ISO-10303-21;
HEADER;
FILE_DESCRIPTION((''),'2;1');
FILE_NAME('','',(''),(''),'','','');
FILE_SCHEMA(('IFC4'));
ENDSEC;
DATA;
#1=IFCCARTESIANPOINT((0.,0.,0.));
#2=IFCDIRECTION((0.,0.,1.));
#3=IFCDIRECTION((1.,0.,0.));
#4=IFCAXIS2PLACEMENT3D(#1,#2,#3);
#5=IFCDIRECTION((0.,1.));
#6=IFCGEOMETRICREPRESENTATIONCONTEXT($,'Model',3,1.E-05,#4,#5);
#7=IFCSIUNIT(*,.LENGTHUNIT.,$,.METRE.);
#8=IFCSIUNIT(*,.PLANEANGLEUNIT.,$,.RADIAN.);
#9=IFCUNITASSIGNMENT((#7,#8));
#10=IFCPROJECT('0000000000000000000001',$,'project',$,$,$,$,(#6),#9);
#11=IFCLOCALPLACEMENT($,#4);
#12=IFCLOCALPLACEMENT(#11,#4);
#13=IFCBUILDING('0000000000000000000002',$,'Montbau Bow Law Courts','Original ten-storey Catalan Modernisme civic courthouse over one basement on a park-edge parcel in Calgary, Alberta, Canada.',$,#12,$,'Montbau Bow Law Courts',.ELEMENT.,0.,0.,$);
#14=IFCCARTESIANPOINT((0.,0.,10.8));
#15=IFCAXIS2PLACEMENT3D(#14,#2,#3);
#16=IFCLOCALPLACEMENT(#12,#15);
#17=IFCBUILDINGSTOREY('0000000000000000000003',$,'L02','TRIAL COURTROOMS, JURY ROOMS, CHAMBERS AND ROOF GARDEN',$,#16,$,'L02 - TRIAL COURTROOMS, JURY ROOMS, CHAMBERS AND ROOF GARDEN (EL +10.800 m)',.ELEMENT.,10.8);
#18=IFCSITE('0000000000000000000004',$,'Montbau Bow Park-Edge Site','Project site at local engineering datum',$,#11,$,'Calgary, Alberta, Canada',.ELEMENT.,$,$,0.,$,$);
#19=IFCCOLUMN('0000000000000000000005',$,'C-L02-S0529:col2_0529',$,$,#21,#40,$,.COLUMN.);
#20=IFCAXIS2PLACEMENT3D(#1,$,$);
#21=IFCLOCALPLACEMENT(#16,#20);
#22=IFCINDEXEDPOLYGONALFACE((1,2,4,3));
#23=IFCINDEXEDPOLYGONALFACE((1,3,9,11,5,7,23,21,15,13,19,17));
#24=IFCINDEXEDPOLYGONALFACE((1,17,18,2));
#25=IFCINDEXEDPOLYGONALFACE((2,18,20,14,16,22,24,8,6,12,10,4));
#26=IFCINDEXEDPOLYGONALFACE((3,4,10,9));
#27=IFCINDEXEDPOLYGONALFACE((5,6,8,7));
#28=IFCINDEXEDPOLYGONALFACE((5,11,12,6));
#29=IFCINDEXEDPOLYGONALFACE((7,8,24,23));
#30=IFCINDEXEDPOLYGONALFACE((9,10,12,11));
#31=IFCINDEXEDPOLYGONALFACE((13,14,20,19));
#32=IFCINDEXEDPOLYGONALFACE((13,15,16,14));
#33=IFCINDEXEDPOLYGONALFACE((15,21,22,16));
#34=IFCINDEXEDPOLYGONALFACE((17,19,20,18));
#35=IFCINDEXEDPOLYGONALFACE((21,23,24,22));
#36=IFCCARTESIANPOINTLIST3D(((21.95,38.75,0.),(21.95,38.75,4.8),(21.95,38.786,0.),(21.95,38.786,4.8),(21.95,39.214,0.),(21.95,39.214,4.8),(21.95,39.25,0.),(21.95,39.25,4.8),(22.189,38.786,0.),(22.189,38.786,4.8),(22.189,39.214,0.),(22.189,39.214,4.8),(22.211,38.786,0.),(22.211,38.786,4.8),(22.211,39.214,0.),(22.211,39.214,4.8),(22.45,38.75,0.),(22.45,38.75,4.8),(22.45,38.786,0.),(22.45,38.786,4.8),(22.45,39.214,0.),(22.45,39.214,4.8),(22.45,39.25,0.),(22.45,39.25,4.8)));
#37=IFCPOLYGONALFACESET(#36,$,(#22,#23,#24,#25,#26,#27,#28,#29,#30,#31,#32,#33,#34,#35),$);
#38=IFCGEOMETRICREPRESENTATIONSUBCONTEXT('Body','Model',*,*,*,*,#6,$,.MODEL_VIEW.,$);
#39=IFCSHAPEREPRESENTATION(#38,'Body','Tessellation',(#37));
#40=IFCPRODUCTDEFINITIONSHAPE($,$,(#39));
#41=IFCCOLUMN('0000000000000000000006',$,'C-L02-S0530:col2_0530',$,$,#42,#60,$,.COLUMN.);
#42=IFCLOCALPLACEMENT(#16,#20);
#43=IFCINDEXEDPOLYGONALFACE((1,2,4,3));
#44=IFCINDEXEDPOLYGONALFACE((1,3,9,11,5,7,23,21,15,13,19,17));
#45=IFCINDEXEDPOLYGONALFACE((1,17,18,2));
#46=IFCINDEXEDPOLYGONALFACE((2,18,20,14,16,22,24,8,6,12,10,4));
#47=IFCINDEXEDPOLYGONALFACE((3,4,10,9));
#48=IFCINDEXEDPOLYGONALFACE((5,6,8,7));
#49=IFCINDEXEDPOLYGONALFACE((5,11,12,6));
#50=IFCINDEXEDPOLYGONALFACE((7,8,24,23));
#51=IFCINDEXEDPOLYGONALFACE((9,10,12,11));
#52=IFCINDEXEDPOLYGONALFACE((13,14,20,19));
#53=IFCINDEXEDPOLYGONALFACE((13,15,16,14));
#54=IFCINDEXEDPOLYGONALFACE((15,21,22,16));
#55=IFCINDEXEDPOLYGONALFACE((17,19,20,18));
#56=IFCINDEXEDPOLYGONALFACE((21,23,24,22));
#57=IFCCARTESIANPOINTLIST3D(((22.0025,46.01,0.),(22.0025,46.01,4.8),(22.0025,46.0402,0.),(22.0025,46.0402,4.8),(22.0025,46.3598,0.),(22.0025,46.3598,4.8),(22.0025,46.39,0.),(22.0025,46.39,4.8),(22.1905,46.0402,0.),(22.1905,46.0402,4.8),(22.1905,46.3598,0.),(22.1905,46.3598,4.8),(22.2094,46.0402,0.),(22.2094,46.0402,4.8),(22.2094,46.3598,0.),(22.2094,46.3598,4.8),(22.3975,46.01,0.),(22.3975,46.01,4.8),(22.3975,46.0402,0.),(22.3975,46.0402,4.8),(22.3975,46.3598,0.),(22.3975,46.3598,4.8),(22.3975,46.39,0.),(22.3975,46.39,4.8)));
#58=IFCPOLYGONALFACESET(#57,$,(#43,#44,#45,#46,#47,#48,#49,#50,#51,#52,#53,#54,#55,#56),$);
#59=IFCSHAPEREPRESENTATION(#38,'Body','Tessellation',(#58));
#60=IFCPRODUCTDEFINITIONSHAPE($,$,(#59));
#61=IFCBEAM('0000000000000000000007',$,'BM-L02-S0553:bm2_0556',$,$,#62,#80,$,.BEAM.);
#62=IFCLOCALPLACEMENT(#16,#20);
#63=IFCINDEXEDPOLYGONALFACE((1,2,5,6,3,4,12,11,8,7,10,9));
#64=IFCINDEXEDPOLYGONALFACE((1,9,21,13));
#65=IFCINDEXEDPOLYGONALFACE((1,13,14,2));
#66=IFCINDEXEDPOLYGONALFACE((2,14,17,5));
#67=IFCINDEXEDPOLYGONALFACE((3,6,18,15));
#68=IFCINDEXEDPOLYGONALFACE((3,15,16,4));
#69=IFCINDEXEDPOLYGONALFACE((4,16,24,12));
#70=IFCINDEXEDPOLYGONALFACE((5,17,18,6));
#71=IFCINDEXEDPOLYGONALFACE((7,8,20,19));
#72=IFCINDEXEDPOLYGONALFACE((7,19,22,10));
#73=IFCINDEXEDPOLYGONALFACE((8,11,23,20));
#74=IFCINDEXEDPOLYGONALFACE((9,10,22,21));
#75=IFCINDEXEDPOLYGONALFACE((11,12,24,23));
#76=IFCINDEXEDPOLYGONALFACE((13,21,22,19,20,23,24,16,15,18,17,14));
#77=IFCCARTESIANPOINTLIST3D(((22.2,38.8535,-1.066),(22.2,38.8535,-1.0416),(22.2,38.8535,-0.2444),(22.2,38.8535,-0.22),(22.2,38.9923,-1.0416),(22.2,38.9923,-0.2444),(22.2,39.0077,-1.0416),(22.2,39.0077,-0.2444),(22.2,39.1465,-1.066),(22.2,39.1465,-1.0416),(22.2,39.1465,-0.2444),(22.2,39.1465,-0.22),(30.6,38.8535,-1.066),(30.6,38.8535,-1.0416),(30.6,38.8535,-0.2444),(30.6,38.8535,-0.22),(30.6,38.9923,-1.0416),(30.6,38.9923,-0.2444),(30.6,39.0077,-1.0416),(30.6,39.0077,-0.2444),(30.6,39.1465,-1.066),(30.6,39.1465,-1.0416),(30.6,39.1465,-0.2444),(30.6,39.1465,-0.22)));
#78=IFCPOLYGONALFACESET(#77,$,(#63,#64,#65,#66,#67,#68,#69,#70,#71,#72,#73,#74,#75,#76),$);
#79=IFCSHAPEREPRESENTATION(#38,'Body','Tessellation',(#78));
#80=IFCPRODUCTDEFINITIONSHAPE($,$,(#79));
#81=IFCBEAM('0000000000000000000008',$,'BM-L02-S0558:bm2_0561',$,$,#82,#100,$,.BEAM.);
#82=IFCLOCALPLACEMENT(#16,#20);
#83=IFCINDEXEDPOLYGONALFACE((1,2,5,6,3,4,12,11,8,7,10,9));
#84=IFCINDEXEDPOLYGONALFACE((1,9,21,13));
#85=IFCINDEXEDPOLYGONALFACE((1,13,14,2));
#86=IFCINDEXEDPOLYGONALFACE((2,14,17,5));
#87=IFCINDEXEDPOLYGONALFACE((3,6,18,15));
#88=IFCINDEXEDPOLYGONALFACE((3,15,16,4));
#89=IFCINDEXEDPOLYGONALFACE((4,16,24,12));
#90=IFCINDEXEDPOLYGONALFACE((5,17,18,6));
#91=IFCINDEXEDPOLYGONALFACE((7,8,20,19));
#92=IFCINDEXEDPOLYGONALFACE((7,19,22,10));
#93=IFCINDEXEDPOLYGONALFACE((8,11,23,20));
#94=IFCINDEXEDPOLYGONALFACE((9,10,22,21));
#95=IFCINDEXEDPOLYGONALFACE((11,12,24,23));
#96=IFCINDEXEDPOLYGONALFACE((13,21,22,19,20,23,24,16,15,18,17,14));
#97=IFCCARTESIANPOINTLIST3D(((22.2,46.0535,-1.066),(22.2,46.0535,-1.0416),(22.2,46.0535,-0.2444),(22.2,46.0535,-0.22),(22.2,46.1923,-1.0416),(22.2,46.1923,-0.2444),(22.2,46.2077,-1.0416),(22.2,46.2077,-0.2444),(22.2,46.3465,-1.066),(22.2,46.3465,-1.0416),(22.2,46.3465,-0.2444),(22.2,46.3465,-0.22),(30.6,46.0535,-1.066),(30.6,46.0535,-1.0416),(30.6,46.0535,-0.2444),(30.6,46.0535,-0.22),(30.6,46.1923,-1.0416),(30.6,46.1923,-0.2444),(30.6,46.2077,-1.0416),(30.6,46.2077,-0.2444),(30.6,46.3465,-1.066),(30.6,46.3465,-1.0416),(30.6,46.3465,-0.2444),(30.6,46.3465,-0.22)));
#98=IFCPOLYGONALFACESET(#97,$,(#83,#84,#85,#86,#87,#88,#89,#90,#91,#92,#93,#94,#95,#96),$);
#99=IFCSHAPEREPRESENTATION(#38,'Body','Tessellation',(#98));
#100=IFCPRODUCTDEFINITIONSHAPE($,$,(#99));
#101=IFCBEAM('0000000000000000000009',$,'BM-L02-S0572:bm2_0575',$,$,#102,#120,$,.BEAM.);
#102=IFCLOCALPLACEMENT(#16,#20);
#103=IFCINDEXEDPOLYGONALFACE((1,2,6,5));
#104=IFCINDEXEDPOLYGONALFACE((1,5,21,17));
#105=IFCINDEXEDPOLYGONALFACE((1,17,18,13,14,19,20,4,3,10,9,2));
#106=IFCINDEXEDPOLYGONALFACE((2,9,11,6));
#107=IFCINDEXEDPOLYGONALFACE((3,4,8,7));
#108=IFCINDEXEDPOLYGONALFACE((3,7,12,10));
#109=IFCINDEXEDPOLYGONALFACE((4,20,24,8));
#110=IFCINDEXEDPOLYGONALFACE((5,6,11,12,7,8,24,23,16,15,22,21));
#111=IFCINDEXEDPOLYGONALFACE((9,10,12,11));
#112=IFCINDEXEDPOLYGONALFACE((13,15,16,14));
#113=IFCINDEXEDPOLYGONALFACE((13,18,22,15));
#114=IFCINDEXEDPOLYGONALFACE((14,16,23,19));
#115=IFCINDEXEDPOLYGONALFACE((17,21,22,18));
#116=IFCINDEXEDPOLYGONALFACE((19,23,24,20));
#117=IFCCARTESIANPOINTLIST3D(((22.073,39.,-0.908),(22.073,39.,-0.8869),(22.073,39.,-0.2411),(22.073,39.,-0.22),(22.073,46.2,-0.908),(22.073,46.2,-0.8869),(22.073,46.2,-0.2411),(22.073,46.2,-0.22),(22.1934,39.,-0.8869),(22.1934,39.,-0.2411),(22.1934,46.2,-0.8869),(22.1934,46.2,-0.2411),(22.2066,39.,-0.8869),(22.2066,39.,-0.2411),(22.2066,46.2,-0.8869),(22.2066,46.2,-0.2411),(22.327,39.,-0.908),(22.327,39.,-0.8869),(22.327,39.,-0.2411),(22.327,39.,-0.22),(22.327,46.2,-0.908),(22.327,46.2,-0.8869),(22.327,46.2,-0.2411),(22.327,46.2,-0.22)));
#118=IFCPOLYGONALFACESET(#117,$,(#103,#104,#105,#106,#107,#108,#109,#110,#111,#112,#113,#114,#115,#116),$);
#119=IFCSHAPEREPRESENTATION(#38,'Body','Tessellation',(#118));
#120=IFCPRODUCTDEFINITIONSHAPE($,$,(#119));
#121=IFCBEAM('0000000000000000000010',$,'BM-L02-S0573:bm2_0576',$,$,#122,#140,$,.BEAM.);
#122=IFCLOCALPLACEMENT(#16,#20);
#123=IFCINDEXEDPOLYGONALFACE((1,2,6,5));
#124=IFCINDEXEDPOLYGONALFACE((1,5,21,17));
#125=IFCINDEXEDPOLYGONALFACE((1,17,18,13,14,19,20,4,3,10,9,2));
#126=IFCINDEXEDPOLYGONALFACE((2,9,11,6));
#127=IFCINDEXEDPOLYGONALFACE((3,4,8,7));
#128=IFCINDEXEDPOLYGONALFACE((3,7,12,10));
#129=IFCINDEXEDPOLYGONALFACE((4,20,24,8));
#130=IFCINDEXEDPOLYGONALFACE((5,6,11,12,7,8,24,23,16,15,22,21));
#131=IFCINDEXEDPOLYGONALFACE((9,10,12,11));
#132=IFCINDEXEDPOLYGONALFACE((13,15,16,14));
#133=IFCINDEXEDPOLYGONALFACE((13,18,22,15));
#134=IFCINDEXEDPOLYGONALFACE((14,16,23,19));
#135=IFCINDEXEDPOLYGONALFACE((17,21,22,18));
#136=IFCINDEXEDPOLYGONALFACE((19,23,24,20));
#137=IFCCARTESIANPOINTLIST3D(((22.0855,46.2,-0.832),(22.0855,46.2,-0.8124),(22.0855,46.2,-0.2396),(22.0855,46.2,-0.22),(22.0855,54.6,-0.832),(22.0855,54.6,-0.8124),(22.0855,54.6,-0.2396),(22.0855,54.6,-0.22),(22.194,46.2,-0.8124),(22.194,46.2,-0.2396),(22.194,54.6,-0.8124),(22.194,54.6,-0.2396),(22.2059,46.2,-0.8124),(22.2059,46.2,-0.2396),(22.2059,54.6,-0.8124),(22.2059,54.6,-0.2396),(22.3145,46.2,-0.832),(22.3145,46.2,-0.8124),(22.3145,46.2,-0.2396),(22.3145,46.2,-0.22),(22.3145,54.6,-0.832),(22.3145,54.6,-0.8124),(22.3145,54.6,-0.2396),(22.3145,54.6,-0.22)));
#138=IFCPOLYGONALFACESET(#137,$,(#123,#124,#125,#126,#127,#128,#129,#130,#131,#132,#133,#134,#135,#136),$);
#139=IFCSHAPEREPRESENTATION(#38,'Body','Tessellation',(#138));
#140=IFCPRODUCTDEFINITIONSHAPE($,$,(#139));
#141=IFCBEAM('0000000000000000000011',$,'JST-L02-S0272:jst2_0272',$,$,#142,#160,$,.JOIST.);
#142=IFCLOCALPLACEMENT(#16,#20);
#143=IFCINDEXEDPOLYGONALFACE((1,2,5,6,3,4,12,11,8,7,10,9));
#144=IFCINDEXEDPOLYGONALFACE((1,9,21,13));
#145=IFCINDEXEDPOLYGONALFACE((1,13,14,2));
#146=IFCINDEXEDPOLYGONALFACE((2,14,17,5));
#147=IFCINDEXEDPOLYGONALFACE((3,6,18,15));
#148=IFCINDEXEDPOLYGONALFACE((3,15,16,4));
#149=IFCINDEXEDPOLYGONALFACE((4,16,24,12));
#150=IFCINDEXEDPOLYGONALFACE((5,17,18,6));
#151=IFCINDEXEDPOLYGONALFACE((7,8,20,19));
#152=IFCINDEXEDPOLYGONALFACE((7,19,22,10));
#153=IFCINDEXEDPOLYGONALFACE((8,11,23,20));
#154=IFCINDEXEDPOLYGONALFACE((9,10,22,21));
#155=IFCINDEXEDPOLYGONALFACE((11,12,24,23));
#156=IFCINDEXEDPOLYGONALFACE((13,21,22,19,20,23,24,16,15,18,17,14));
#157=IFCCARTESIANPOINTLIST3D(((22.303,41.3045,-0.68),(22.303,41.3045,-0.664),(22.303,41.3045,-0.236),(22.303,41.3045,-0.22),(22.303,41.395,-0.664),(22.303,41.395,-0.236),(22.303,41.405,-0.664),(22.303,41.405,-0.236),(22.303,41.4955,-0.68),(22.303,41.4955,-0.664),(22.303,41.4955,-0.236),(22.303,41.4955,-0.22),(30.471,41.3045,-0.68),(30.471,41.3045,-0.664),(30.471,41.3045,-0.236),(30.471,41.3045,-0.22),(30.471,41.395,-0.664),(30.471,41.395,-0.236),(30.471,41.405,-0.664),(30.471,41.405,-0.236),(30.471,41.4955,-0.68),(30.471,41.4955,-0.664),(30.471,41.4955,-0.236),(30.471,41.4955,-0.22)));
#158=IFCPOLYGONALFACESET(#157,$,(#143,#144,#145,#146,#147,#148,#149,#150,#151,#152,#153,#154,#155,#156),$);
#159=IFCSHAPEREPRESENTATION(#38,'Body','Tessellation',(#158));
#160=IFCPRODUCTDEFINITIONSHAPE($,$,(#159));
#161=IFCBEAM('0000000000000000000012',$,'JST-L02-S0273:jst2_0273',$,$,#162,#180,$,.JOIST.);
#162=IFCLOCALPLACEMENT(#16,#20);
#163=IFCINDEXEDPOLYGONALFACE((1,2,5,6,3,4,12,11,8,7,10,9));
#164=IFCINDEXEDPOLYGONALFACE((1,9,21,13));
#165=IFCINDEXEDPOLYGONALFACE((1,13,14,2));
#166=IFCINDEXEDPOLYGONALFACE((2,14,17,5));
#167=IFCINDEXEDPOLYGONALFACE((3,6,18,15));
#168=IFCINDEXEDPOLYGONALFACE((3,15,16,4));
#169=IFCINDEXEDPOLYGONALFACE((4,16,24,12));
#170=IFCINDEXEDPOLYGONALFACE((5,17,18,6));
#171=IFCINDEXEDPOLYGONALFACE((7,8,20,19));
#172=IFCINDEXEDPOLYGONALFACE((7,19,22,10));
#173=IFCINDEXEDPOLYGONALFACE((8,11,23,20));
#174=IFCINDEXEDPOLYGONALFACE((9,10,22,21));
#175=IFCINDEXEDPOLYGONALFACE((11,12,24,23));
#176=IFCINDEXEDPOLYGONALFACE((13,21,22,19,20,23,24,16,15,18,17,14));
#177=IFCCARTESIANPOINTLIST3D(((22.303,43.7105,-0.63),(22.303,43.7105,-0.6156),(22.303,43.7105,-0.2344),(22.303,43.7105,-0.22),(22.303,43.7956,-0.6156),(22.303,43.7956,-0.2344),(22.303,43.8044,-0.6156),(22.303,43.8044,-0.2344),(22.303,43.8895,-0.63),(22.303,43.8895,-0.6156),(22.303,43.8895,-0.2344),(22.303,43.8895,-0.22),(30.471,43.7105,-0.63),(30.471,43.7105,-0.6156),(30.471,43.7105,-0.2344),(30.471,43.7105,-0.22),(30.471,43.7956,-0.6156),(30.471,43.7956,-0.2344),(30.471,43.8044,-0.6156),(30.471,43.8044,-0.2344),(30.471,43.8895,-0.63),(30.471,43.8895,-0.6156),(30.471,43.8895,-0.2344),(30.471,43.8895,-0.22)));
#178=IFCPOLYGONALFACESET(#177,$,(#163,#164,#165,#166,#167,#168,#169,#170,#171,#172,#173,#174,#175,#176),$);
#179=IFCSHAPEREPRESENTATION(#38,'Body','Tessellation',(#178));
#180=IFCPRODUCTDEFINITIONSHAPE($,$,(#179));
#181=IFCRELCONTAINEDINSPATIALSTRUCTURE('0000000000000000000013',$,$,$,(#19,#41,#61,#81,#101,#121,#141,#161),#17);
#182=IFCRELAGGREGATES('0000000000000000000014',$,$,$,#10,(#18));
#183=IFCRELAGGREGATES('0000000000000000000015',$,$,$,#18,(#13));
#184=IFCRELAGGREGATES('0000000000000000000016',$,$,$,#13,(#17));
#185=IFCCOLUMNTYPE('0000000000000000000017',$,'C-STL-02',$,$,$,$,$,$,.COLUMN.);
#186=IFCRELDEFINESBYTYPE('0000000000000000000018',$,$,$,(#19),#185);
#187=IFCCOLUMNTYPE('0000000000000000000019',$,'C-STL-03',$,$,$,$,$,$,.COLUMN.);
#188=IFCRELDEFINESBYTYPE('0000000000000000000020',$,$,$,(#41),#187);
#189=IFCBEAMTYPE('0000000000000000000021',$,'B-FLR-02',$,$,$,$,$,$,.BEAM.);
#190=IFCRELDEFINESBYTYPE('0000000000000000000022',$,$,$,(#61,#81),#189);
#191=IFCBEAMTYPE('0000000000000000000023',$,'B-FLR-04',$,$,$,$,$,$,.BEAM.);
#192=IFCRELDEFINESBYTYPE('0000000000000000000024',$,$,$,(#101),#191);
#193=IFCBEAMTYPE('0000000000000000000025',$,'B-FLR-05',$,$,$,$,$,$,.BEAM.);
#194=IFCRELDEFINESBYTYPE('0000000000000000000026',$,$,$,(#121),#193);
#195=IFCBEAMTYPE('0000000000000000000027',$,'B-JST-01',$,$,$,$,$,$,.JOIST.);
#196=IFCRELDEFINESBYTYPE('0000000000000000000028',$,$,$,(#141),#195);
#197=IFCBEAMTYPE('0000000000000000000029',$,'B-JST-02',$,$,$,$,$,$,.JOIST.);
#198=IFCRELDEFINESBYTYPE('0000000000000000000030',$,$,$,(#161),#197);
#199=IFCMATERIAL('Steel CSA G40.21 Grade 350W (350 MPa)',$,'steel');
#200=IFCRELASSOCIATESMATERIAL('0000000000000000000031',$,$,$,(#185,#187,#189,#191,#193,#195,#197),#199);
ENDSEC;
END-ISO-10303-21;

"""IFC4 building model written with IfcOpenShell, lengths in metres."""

from ifc_helpers import new_model, si_unit, direction, frame, origin_with_axes, origin_2d_with_axis, place, context, subcontext, project, spatial, i_section, extrude, material, material_profile, profile_set, type_object, element, save


model = new_model("IFC4")

# Units and contexts
model_context = context("Model", 3, precision=1e-05, world=origin_with_axes(), true_north=direction((0.0, 1.0)))
body_context = subcontext(model_context, "Body", "Model", "MODEL_VIEW")
ifc_project = project(units=[si_unit("LENGTHUNIT", "METRE"), si_unit("PLANEANGLEUNIT", "RADIAN")], contexts=[model_context])

# Site, building, storey
site_placement = place(None, origin_with_axes())
site = spatial("IfcSite", under=ifc_project, at=site_placement, Name="Montbau Bow Park-Edge Site", Description="Project site at local engineering datum", LongName="Calgary, Alberta, Canada", CompositionType="ELEMENT", RefElevation=0.0)
building_placement = place(site_placement, origin_with_axes())
building = spatial("IfcBuilding", under=site, at=building_placement, Name="Montbau Bow Law Courts", Description="Original ten-storey Catalan Modernisme civic courthouse over one basement on a park-edge parcel in Calgary, Alberta, Canada.", LongName="Montbau Bow Law Courts", CompositionType="ELEMENT", ElevationOfRefHeight=0.0, ElevationOfTerrain=0.0)
storey_placement = place(building_placement, frame((0.0, 0.0, 10.8), z_axis=(0.0, 0.0, 1.0), x_axis=(1.0, 0.0, 0.0)))
storey = spatial("IfcBuildingStorey", under=building, at=storey_placement, Name="L02", Description="TRIAL COURTROOMS, JURY ROOMS, CHAMBERS AND ROOF GARDEN", LongName="L02 - TRIAL COURTROOMS, JURY ROOMS, CHAMBERS AND ROOF GARDEN (EL +10.800 m)", CompositionType="ELEMENT", Elevation=10.8)

# Columns
ifc_material_1 = material(Name="Steel CSA G40.21 Grade 350W (350 MPa)", Category="steel")
ifc_material_profile_1 = material_profile(ifc_material_1, i_section(OverallWidth=0.5, OverallDepth=0.5, WebThickness=0.022, FlangeThickness=0.036, at=origin_2d_with_axis()), Name="WWF500X343", Category="Main", Priority=0)
ifc_profile_set_1 = profile_set([ifc_material_profile_1], Name="Steel CSA G40.21 Grade 350W (350 MPa)")
column_type_1 = type_object("IfcColumnType", Name="C-STL-02", PredefinedType="COLUMN", material=ifc_profile_set_1)
column_1_placement = place(None, frame((22.2, 39.0, 10.8), z_axis=(0.0, 0.0, 1.0), x_axis=(1.0, 0.0, 0.0)))
element("IfcColumn", 1, at=column_1_placement, inside=storey, type_object=column_type_1, Name="C-L02-S0529:col2_0529", PredefinedType="COLUMN", context=body_context, shape_type="SweptSolid", body=[
    extrude(i_section(OverallWidth=0.5, OverallDepth=0.5, WebThickness=0.022, FlangeThickness=0.036, at=origin_2d_with_axis()), origin_with_axes(), (0.0, 0.0, 1.0), 4.8),
])
ifc_material_profile_2 = material_profile(ifc_material_1, i_section(OverallWidth=0.395, OverallDepth=0.38, WebThickness=0.0189, FlangeThickness=0.0302, at=origin_2d_with_axis()), Name="W360X237", Category="Main", Priority=0)
ifc_profile_set_2 = profile_set([ifc_material_profile_2], Name="Steel CSA G40.21 Grade 350W (350 MPa)")
column_type_2 = type_object("IfcColumnType", Name="C-STL-03", PredefinedType="COLUMN", material=ifc_profile_set_2)
column_2_placement = place(None, frame((22.2, 46.2, 10.8), z_axis=(0.0, 0.0, 1.0), x_axis=(1.0, 0.0, 0.0)))
element("IfcColumn", 2, at=column_2_placement, inside=storey, type_object=column_type_2, Name="C-L02-S0530:col2_0530", PredefinedType="COLUMN", context=body_context, shape_type="SweptSolid", body=[
    extrude(i_section(OverallWidth=0.395, OverallDepth=0.38, WebThickness=0.0189, FlangeThickness=0.0302, at=origin_2d_with_axis()), origin_with_axes(), (0.0, 0.0, 1.0), 4.8),
])

# Beams
ifc_material_profile_3 = material_profile(ifc_material_1, i_section(OverallWidth=0.293, OverallDepth=0.846, WebThickness=0.0154, FlangeThickness=0.0244, at=origin_2d_with_axis()), Name="W840X210", Category="Main", Priority=0)
ifc_profile_set_3 = profile_set([ifc_material_profile_3], Name="Steel CSA G40.21 Grade 350W (350 MPa)")
beam_type_1 = type_object("IfcBeamType", Name="B-FLR-02", PredefinedType="BEAM", material=ifc_profile_set_3)
for number, where, z_axis, x_axis, name in (
    (3, (22.2, 39.0, 10.157), (1.0, 0.0, 0.0), (0.0, 1.0, 0.0), "BM-L02-S0553:bm2_0556"),
    (4, (22.2, 46.2, 10.157), (1.0, 0.0, 0.0), (0.0, 1.0, 0.0), "BM-L02-S0558:bm2_0561"),
):
    element("IfcBeam", number, at=place(None, frame(where, z_axis=z_axis, x_axis=x_axis)), inside=storey, type_object=beam_type_1, Name=name, PredefinedType="BEAM", context=body_context, shape_type="SweptSolid", body=[
        extrude(i_section(OverallWidth=0.293, OverallDepth=0.846, WebThickness=0.0154, FlangeThickness=0.0244, at=origin_2d_with_axis()), origin_with_axes(), (0.0, 0.0, 1.0), 8.4),
    ])
ifc_material_profile_4 = material_profile(ifc_material_1, i_section(OverallWidth=0.254, OverallDepth=0.688, WebThickness=0.0131, FlangeThickness=0.0211, at=origin_2d_with_axis()), Name="W690X152", Category="Main", Priority=0)
ifc_profile_set_4 = profile_set([ifc_material_profile_4], Name="Steel CSA G40.21 Grade 350W (350 MPa)")
beam_type_2 = type_object("IfcBeamType", Name="B-FLR-04", PredefinedType="BEAM", material=ifc_profile_set_4)
beam_1_placement = place(None, frame((22.2, 39.0, 10.236), z_axis=(0.0, 1.0, 0.0), x_axis=(-1.0, 0.0, 0.0)))
element("IfcBeam", 5, at=beam_1_placement, inside=storey, type_object=beam_type_2, Name="BM-L02-S0572:bm2_0575", PredefinedType="BEAM", context=body_context, shape_type="SweptSolid", body=[
    extrude(i_section(OverallWidth=0.254, OverallDepth=0.688, WebThickness=0.0131, FlangeThickness=0.0211, at=origin_2d_with_axis()), origin_with_axes(), (0.0, 0.0, 1.0), 7.2),
])
ifc_material_profile_5 = material_profile(ifc_material_1, i_section(OverallWidth=0.229, OverallDepth=0.612, WebThickness=0.0119, FlangeThickness=0.0196, at=origin_2d_with_axis()), Name="W610X125", Category="Main", Priority=0)
ifc_profile_set_5 = profile_set([ifc_material_profile_5], Name="Steel CSA G40.21 Grade 350W (350 MPa)")
beam_type_3 = type_object("IfcBeamType", Name="B-FLR-05", PredefinedType="BEAM", material=ifc_profile_set_5)
beam_2_placement = place(None, frame((22.2, 46.2, 10.274), z_axis=(0.0, 1.0, 0.0), x_axis=(-1.0, 0.0, 0.0)))
element("IfcBeam", 6, at=beam_2_placement, inside=storey, type_object=beam_type_3, Name="BM-L02-S0573:bm2_0576", PredefinedType="BEAM", context=body_context, shape_type="SweptSolid", body=[
    extrude(i_section(OverallWidth=0.229, OverallDepth=0.612, WebThickness=0.0119, FlangeThickness=0.0196, at=origin_2d_with_axis()), origin_with_axes(), (0.0, 0.0, 1.0), 8.4),
])
ifc_material_profile_6 = material_profile(ifc_material_1, i_section(OverallWidth=0.191, OverallDepth=0.46, WebThickness=0.0099, FlangeThickness=0.016, at=origin_2d_with_axis()), Name="W460X82", Category="Main", Priority=0)
ifc_profile_set_6 = profile_set([ifc_material_profile_6], Name="Steel CSA G40.21 Grade 350W (350 MPa)")
beam_type_4 = type_object("IfcBeamType", Name="B-JST-01", PredefinedType="JOIST", material=ifc_profile_set_6)
beam_3_placement = place(None, frame((22.303, 41.4, 10.35), z_axis=(1.0, 0.0, 0.0), x_axis=(0.0, 1.0, 0.0)))
element("IfcBeam", 7, at=beam_3_placement, inside=storey, type_object=beam_type_4, Name="JST-L02-S0272:jst2_0272", PredefinedType="JOIST", context=body_context, shape_type="SweptSolid", body=[
    extrude(i_section(OverallWidth=0.191, OverallDepth=0.46, WebThickness=0.0099, FlangeThickness=0.016, at=origin_2d_with_axis()), origin_with_axes(), (0.0, 0.0, 1.0), 8.168),
])
ifc_material_profile_7 = material_profile(ifc_material_1, i_section(OverallWidth=0.179, OverallDepth=0.41, WebThickness=0.0088, FlangeThickness=0.0144, at=origin_2d_with_axis()), Name="W410X67", Category="Main", Priority=0)
ifc_profile_set_7 = profile_set([ifc_material_profile_7], Name="Steel CSA G40.21 Grade 350W (350 MPa)")
beam_type_5 = type_object("IfcBeamType", Name="B-JST-02", PredefinedType="JOIST", material=ifc_profile_set_7)
beam_4_placement = place(None, frame((22.303, 43.8, 10.375), z_axis=(1.0, 0.0, 0.0), x_axis=(0.0, 1.0, 0.0)))
element("IfcBeam", 8, at=beam_4_placement, inside=storey, type_object=beam_type_5, Name="JST-L02-S0273:jst2_0273", PredefinedType="JOIST", context=body_context, shape_type="SweptSolid", body=[
    extrude(i_section(OverallWidth=0.179, OverallDepth=0.41, WebThickness=0.0088, FlangeThickness=0.0144, at=origin_2d_with_axis()), origin_with_axes(), (0.0, 0.0, 1.0), 8.168),
])

save(model, "model.ifc")
